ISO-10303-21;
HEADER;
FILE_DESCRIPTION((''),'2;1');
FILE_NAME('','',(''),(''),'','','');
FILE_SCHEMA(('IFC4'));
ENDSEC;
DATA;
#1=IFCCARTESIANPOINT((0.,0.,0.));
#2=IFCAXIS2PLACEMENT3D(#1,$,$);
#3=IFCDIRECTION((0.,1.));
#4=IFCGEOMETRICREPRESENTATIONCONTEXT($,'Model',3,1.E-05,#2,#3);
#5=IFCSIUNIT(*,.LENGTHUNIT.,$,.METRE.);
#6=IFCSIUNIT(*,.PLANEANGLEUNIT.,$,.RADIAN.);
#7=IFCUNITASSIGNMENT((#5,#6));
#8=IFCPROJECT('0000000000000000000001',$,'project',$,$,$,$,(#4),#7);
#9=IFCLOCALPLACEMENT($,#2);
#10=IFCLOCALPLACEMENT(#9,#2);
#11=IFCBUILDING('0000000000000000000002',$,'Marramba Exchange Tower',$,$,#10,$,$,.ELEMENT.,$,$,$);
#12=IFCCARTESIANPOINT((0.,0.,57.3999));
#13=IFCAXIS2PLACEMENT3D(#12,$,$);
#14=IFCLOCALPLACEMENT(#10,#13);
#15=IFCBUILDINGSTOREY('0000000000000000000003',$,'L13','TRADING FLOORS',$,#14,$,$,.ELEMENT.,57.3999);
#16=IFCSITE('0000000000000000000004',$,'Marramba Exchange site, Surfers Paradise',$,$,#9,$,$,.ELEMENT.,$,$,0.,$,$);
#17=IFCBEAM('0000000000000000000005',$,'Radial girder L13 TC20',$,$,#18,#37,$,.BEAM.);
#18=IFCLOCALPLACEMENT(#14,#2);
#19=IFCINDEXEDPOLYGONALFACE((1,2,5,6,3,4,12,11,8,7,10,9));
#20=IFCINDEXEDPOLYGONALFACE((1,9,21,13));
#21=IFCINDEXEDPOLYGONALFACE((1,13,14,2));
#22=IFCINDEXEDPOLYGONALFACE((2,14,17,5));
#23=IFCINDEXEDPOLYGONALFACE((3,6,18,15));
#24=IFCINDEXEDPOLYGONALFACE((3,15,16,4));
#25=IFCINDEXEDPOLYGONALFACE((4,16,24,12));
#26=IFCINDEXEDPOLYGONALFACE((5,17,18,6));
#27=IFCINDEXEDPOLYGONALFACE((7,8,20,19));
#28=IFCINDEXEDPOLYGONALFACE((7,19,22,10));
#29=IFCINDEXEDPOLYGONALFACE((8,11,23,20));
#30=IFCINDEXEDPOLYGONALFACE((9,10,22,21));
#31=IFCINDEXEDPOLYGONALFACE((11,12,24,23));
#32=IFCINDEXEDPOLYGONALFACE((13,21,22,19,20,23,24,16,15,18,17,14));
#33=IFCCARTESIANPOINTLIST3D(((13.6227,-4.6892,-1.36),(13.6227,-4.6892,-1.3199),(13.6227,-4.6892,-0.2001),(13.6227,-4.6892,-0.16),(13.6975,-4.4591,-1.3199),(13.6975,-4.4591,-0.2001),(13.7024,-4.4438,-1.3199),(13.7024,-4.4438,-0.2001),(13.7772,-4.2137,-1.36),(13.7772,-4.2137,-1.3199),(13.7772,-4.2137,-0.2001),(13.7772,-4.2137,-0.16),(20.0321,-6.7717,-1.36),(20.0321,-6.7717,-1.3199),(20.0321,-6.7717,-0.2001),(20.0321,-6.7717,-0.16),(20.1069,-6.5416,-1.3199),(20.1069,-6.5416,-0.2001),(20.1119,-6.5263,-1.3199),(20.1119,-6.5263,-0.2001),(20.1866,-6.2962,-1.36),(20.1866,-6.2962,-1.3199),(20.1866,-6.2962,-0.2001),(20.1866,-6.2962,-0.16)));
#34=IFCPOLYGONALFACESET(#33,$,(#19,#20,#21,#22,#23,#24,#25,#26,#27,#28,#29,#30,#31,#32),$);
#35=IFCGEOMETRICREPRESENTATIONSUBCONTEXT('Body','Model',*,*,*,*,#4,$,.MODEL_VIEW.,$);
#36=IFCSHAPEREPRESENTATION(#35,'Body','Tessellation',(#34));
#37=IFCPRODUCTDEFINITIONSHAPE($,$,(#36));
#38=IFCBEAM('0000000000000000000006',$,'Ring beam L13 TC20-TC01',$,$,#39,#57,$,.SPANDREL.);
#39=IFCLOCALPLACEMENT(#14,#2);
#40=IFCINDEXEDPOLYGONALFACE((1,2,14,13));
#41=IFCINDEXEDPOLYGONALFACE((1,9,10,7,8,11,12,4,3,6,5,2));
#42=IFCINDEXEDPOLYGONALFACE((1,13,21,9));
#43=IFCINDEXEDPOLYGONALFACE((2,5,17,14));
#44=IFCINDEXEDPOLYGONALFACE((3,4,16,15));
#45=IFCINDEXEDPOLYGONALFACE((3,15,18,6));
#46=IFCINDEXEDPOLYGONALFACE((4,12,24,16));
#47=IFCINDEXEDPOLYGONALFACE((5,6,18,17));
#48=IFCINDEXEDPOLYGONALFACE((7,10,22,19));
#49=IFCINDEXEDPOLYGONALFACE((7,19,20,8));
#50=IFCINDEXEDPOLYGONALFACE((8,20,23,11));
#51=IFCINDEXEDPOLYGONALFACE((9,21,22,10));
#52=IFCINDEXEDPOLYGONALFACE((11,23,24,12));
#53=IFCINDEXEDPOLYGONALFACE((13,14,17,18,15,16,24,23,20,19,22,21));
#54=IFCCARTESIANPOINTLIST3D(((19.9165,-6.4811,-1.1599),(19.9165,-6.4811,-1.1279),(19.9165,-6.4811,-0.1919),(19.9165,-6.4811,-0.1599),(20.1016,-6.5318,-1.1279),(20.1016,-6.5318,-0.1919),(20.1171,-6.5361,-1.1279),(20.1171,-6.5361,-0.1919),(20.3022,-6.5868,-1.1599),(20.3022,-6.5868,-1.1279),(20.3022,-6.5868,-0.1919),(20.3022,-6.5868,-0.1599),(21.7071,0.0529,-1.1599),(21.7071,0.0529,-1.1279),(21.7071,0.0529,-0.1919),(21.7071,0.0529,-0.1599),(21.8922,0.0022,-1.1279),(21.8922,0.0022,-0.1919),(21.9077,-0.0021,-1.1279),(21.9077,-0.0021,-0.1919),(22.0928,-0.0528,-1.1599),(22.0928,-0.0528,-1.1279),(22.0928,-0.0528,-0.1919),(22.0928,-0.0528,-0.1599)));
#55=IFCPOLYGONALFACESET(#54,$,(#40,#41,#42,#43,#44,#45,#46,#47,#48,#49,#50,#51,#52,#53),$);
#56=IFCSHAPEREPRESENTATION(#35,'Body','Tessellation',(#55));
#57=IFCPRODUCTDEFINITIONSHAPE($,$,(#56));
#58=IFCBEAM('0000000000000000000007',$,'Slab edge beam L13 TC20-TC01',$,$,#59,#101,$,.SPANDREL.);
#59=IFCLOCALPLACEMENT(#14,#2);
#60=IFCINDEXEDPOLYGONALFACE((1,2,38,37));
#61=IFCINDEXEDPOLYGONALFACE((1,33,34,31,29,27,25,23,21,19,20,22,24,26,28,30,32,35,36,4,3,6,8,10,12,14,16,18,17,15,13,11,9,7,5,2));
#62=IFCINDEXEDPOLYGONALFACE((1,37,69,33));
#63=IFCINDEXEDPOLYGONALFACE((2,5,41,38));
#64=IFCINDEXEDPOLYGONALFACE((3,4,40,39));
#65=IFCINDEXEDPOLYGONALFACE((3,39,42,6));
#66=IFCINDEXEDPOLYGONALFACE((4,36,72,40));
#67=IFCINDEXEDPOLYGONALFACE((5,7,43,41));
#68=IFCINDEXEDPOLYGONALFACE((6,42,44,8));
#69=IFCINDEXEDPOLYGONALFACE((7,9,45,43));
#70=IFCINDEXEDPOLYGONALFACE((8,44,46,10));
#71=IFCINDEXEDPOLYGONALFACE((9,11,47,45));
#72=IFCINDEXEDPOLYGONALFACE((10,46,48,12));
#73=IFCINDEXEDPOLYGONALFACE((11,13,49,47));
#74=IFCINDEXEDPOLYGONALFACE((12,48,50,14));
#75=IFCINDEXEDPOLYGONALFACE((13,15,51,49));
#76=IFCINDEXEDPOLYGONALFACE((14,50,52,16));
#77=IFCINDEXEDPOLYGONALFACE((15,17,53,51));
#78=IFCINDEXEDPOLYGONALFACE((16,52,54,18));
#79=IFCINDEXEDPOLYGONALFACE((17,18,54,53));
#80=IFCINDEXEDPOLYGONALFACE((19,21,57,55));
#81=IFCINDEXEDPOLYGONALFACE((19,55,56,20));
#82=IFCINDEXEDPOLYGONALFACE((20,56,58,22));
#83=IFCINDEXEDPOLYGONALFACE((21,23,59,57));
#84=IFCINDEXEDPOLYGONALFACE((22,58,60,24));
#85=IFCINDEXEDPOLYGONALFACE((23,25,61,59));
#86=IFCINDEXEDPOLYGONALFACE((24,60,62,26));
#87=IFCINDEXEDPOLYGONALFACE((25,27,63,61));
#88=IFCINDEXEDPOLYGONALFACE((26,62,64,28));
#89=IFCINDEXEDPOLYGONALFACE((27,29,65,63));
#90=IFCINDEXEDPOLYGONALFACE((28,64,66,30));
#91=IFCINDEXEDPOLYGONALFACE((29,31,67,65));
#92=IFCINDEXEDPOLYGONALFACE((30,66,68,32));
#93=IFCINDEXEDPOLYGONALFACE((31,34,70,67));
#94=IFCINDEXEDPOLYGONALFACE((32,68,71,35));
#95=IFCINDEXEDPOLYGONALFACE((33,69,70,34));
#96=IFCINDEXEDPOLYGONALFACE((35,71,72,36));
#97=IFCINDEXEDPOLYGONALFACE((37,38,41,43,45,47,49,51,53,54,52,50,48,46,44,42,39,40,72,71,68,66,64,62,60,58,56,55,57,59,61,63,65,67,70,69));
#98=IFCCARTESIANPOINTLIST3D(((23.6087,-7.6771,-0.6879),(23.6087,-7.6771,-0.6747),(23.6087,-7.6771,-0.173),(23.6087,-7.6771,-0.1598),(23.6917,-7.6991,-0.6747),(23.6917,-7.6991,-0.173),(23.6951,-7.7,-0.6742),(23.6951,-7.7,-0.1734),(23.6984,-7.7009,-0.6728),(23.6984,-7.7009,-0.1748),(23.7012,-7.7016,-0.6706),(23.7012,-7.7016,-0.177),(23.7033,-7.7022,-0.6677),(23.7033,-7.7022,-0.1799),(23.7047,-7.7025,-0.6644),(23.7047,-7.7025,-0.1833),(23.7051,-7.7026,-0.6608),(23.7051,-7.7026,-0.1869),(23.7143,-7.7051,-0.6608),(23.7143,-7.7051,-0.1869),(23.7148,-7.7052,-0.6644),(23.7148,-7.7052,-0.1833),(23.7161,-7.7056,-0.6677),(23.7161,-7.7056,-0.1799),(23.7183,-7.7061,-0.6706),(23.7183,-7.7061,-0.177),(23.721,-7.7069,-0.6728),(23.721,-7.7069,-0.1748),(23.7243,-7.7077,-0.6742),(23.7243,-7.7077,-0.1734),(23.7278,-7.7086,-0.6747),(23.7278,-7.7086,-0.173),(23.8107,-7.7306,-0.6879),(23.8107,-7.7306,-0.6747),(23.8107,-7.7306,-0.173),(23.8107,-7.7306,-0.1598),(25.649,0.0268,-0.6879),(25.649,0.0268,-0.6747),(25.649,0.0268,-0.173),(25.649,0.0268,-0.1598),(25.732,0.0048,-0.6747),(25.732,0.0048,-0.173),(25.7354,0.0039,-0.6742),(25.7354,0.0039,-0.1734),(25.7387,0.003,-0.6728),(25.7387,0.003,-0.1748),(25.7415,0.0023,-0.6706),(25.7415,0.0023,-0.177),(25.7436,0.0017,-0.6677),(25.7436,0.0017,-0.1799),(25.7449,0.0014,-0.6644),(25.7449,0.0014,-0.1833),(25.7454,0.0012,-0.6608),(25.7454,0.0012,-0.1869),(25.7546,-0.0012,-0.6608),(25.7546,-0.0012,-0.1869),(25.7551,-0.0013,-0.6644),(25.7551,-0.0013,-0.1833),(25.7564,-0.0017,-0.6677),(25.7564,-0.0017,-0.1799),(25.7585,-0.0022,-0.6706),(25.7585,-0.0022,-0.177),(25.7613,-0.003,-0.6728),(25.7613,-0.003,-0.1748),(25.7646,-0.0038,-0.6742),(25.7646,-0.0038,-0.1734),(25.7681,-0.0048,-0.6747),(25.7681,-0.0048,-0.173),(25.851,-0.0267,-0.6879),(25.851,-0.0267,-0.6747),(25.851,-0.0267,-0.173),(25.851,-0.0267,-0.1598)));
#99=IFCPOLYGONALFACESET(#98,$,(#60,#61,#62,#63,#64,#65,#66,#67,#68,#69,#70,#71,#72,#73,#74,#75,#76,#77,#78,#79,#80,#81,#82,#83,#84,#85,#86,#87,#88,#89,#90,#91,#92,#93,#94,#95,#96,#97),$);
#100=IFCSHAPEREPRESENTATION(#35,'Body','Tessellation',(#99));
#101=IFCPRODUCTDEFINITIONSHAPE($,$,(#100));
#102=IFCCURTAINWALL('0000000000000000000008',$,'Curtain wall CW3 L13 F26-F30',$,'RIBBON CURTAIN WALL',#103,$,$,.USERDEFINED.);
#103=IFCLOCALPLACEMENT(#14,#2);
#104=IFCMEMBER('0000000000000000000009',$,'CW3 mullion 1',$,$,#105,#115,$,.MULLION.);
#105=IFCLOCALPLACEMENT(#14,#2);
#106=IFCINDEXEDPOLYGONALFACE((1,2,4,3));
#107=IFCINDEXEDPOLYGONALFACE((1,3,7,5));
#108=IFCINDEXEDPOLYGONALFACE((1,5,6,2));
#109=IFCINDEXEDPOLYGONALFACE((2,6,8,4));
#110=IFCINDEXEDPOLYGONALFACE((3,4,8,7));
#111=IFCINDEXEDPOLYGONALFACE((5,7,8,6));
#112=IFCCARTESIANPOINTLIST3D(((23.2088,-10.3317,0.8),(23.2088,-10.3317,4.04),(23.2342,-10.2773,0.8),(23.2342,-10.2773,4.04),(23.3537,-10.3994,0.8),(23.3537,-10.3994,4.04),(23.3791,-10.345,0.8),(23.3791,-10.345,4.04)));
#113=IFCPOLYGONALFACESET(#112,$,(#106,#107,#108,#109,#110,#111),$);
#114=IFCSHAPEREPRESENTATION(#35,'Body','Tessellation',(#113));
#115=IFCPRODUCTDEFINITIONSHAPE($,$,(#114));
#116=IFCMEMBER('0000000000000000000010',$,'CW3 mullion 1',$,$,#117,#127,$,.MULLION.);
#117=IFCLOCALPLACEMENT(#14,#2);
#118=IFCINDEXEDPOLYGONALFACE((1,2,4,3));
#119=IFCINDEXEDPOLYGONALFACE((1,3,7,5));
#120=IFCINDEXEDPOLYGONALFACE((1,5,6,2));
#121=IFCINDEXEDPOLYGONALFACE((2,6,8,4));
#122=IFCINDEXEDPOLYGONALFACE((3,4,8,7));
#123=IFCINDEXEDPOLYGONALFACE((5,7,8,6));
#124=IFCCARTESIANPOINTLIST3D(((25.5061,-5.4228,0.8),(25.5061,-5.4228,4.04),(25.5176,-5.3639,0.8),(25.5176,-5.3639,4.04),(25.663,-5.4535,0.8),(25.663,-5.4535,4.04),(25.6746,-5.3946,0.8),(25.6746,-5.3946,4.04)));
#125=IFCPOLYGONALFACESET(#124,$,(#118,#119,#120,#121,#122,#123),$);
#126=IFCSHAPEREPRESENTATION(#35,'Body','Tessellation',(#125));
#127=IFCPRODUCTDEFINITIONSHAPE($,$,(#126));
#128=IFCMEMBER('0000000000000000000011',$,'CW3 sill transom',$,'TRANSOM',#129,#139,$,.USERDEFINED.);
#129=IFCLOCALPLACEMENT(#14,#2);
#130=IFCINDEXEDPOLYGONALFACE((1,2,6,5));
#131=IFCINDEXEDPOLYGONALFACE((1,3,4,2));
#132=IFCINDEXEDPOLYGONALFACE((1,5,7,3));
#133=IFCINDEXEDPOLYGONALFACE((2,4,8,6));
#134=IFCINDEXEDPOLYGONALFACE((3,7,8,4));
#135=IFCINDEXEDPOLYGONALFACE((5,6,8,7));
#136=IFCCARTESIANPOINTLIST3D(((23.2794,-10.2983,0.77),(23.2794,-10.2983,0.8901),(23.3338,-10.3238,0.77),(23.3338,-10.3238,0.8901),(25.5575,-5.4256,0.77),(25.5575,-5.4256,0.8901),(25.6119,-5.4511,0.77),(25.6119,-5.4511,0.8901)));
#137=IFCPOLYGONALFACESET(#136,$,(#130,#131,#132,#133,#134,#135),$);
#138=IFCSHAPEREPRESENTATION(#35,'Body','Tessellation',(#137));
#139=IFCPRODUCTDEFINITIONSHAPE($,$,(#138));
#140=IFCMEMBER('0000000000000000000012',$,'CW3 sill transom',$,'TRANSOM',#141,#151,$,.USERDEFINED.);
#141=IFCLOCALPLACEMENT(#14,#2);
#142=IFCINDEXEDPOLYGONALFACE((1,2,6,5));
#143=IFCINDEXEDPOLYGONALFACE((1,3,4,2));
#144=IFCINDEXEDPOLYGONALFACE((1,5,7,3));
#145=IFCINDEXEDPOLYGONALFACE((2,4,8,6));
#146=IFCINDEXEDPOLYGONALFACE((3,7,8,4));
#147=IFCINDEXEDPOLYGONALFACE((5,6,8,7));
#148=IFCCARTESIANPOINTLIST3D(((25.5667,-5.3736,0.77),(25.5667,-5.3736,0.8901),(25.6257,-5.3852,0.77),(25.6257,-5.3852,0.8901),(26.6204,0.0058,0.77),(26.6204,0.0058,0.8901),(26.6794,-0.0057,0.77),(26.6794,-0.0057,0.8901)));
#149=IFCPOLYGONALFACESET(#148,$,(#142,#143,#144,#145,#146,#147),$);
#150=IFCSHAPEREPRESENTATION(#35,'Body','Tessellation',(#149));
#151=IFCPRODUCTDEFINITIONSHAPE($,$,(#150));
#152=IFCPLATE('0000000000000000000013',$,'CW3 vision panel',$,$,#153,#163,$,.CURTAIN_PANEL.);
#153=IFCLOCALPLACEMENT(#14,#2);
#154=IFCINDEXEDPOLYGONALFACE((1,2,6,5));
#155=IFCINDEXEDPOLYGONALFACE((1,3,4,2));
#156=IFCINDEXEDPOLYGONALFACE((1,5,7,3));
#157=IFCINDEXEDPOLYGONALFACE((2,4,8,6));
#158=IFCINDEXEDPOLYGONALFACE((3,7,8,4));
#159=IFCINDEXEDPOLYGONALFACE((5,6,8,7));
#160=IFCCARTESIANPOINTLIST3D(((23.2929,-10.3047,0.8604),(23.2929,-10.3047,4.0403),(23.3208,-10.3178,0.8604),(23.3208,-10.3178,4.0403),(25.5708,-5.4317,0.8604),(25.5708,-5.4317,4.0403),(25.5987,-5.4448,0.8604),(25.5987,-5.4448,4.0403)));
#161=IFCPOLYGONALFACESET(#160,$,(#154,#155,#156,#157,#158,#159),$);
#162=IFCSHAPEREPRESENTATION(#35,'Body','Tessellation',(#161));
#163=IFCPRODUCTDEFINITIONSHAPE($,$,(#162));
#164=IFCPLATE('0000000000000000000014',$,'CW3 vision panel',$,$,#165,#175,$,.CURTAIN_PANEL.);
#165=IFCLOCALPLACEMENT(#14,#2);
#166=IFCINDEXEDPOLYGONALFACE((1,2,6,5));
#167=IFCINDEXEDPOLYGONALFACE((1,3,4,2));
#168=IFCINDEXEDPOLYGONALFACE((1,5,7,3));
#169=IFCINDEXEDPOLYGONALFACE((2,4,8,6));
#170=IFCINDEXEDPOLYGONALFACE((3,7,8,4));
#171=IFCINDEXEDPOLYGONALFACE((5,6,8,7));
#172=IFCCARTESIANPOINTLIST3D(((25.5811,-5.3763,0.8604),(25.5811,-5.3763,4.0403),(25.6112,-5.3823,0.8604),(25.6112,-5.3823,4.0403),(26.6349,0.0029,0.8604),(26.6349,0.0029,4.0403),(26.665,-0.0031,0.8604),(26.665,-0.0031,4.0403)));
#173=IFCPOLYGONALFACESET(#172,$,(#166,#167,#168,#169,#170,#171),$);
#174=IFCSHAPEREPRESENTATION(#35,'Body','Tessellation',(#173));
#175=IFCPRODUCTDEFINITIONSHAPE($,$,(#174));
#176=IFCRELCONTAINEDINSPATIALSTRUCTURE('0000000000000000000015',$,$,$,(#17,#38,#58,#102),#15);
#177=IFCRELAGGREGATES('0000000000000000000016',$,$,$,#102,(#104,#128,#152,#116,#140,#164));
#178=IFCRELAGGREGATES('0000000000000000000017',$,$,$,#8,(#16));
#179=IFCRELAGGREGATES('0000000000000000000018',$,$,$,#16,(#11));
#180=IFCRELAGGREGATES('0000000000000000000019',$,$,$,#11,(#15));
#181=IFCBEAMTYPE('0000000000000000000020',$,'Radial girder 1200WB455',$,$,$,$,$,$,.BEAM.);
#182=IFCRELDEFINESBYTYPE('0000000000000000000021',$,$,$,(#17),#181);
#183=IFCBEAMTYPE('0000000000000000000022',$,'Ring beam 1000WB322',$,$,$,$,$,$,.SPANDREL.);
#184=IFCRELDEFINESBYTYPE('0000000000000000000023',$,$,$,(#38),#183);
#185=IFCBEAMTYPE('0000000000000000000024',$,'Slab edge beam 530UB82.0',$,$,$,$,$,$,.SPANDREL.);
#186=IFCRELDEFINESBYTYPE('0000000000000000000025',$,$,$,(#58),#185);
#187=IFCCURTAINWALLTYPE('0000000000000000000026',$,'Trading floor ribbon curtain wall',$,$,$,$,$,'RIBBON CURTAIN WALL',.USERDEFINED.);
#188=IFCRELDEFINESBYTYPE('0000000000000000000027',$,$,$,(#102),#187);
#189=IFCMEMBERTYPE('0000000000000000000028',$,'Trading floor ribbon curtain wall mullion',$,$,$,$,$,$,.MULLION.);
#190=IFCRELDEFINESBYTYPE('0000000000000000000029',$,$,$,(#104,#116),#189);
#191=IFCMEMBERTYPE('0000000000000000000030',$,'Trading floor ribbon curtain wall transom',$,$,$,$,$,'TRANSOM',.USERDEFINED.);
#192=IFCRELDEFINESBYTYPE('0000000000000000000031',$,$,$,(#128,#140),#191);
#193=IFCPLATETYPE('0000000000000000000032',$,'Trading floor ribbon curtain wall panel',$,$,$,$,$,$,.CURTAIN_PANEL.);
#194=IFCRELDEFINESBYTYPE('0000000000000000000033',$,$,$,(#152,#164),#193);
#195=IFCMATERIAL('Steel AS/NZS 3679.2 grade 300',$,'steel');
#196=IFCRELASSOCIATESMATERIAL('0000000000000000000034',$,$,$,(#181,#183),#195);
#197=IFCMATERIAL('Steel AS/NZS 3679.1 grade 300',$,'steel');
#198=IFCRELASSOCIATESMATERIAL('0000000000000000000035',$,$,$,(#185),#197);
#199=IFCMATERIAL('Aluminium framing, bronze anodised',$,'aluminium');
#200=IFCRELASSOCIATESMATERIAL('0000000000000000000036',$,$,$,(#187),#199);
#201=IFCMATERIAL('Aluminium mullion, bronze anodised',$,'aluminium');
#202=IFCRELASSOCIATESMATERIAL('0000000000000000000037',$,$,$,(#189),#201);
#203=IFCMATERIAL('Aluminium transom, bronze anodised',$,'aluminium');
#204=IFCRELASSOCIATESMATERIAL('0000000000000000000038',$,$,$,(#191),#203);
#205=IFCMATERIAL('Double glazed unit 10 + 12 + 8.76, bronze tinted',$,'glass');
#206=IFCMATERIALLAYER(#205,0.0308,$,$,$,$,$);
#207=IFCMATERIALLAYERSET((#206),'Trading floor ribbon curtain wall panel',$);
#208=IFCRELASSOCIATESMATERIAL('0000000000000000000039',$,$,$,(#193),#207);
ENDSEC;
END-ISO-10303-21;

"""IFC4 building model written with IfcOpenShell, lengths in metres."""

from ifc_helpers import new_model, si_unit, direction, frame, origin, origin_2d, place, context, subcontext, project, spatial, rectangle, i_section, extrude, material, layer, layer_set, material_profile, profile_set, type_object, element, aggregate, save


model = new_model("IFC4")

# Units and contexts
model_context = context("Model", 3, precision=1e-05, world=origin(), true_north=direction((0.0, 1.0)))
body_context = subcontext(model_context, "Body", "Model", "MODEL_VIEW")
ifc_project = project(units=[si_unit("LENGTHUNIT", "METRE"), si_unit("PLANEANGLEUNIT", "RADIAN")], contexts=[model_context])

# Site, building, storey
site_placement = place(None, origin())
site = spatial("IfcSite", under=ifc_project, at=site_placement, Name="Marramba Exchange site, Surfers Paradise", CompositionType="ELEMENT", RefElevation=0.0)
building_placement = place(site_placement, origin())
building = spatial("IfcBuilding", under=site, at=building_placement, Name="Marramba Exchange Tower", CompositionType="ELEMENT")
storey_placement = place(building_placement, frame((0.0, 0.0, 57.3999)))
storey = spatial("IfcBuildingStorey", under=building, at=storey_placement, Name="L13", Description="TRADING FLOORS", CompositionType="ELEMENT", Elevation=57.3999)

# Beams
ifc_material_1 = material(Name="Steel AS/NZS 3679.2 grade 300", Category="steel")
ifc_material_2 = material(Name="Steel AS/NZS 3679.1 grade 300", Category="steel")
ifc_material_profile_1 = material_profile(ifc_material_1, i_section(OverallWidth=0.5, OverallDepth=1.2, WebThickness=0.0161, FlangeThickness=0.04, at=origin_2d()), Name="1200WB455")
ifc_profile_set_1 = profile_set([ifc_material_profile_1], Name="Steel AS/NZS 3679.2 grade 300")
beam_type_1 = type_object("IfcBeamType", Name="Radial girder 1200WB455", PredefinedType="BEAM", material=ifc_profile_set_1)
beam_1_placement = place(storey_placement, frame((13.7, -4.4514, -0.76), z_axis=(0.951058, -0.309013, 0.0), x_axis=(0.309013, 0.951058, 0.0)))
element("IfcBeam", 1, at=beam_1_placement, inside=storey, type_object=beam_type_1, Name="Radial girder L13 TC20", PredefinedType="BEAM", context=body_context, shape_type="SweptSolid", body=[
    extrude(i_section(OverallWidth=0.5, OverallDepth=1.2, WebThickness=0.0161, FlangeThickness=0.04, at=origin_2d()), origin(), (0.0, 0.0, 1.0), 6.7393),
])
ifc_material_profile_2 = material_profile(ifc_material_1, i_section(OverallWidth=0.3999, OverallDepth=1.0, WebThickness=0.0161, FlangeThickness=0.032, at=origin_2d()), Name="1000WB322")
ifc_profile_set_2 = profile_set([ifc_material_profile_2], Name="Steel AS/NZS 3679.2 grade 300")
beam_type_2 = type_object("IfcBeamType", Name="Ring beam 1000WB322", PredefinedType="SPANDREL", material=ifc_profile_set_2)
beam_2_placement = place(storey_placement, frame((20.1094, -6.5339, -0.6599), z_axis=(0.264291, 0.964443, 0.0), x_axis=(-0.964443, 0.264291, 0.0)))
element("IfcBeam", 2, at=beam_2_placement, inside=storey, type_object=beam_type_2, Name="Ring beam L13 TC20-TC01", PredefinedType="SPANDREL", context=body_context, shape_type="SweptSolid", body=[
    extrude(i_section(OverallWidth=0.3999, OverallDepth=1.0, WebThickness=0.0161, FlangeThickness=0.032, at=origin_2d()), origin(), (0.0, 0.0, 1.0), 6.7749),
])
ifc_material_profile_3 = material_profile(ifc_material_2, i_section(OverallWidth=0.209, OverallDepth=0.5281, WebThickness=0.0095, FlangeThickness=0.0132, FilletRadius=0.0139, at=origin_2d()), Name="530UB82.0")
ifc_profile_set_3 = profile_set([ifc_material_profile_3], Name="Steel AS/NZS 3679.1 grade 300")
beam_type_3 = type_object("IfcBeamType", Name="Slab edge beam 530UB82.0", PredefinedType="SPANDREL", material=ifc_profile_set_3)
beam_3_placement = place(storey_placement, frame((23.7097, -7.7039, -0.4238), z_axis=(0.256013, 0.966673, 0.0), x_axis=(-0.966673, 0.256013, 0.0)))
element("IfcBeam", 3, at=beam_3_placement, inside=storey, type_object=beam_type_3, Name="Slab edge beam L13 TC20-TC01", PredefinedType="SPANDREL", context=body_context, shape_type="SweptSolid", body=[
    extrude(i_section(OverallWidth=0.209, OverallDepth=0.5281, WebThickness=0.0095, FlangeThickness=0.0132, FilletRadius=0.0139, at=origin_2d()), origin(), (0.0, 0.0, 1.0), 7.9695),
])

# Curtain wall, members, plates
ifc_material_3 = material(Name="Aluminium framing, bronze anodised", Category="aluminium")
curtain_wall_type = type_object("IfcCurtainWallType", Name="Trading floor ribbon curtain wall", ElementType="RIBBON CURTAIN WALL", PredefinedType="USERDEFINED", material=ifc_material_3)
curtain_wall_placement = place(storey_placement, origin())
curtain_wall = element("IfcCurtainWall", 4, at=curtain_wall_placement, inside=storey, type_object=curtain_wall_type, Name="Curtain wall CW3 L13 F26-F30", ObjectType="RIBBON CURTAIN WALL", PredefinedType="USERDEFINED")
ifc_material_4 = material(Name="Aluminium mullion, bronze anodised", Category="aluminium")
ifc_material_profile_4 = material_profile(ifc_material_4, rectangle(XDim=0.1599, YDim=0.0601, at=origin_2d()), Name="CW3 mullion 60x160")
ifc_profile_set_4 = profile_set([ifc_material_profile_4], Name="Aluminium mullion, bronze anodised")
member_type_1 = type_object("IfcMemberType", Name="Trading floor ribbon curtain wall mullion", PredefinedType="MULLION", material=ifc_profile_set_4)
member_1_placement = place(storey_placement, frame((23.2939, -10.3384, 0.8), z_axis=(0.0, 0.0, 1.0), x_axis=(-0.905907, 0.423477, 0.0)))
member_1 = element("IfcMember", 5, at=member_1_placement, type_object=member_type_1, Name="CW3 mullion 1", PredefinedType="MULLION", context=body_context, shape_type="SweptSolid", body=[
    extrude(rectangle(XDim=0.1599, YDim=0.0601, at=origin_2d()), origin(), (0.0, 0.0, 1.0), 3.24),
])
member_2_placement = place(storey_placement, frame((25.5903, -5.4087, 0.8), z_axis=(0.0, 0.0, 1.0), x_axis=(-0.981346, 0.192249, 0.0)))
member_2 = element("IfcMember", 6, at=member_2_placement, type_object=member_type_1, Name="CW3 mullion 1", PredefinedType="MULLION", context=body_context, shape_type="SweptSolid", body=[
    extrude(rectangle(XDim=0.1599, YDim=0.0601, at=origin_2d()), origin(), (0.0, 0.0, 1.0), 3.24),
])
ifc_material_5 = material(Name="Aluminium transom, bronze anodised", Category="aluminium")
ifc_material_profile_5 = material_profile(ifc_material_5, rectangle(XDim=0.0601, YDim=0.1201, at=origin_2d()), Name="CW3 transom 60x120")
ifc_profile_set_5 = profile_set([ifc_material_profile_5], Name="Aluminium transom, bronze anodised")
member_type_2 = type_object("IfcMemberType", Name="Trading floor ribbon curtain wall transom", ElementType="TRANSOM", PredefinedType="USERDEFINED", material=ifc_profile_set_5)
member_3_placement = place(storey_placement, frame((23.3066, -10.311, 0.8301), z_axis=(0.423512, 0.905891, 0.0), x_axis=(-0.905891, 0.423512, 0.0)))
member_3 = element("IfcMember", 7, at=member_3_placement, type_object=member_type_2, Name="CW3 sill transom", ObjectType="TRANSOM", PredefinedType="USERDEFINED", context=body_context, shape_type="SweptSolid", body=[
    extrude(rectangle(XDim=0.0601, YDim=0.1201, at=origin_2d()), origin(), (0.0, 0.0, 1.0), 5.3789),
])
member_4_placement = place(storey_placement, frame((25.5962, -5.3794, 0.8301), z_axis=(0.192226, 0.981351, 0.0), x_axis=(-0.981351, 0.192226, 0.0)))
member_4 = element("IfcMember", 8, at=member_4_placement, type_object=member_type_2, Name="CW3 sill transom", ObjectType="TRANSOM", PredefinedType="USERDEFINED", context=body_context, shape_type="SweptSolid", body=[
    extrude(rectangle(XDim=0.0601, YDim=0.1201, at=origin_2d()), origin(), (0.0, 0.0, 1.0), 5.4817),
])
ifc_material_6 = material(Name="Double glazed unit 10 + 12 + 8.76, bronze tinted", Category="glass")
ifc_layer_1 = layer(ifc_material_6, 0.0308)
ifc_layer_set_1 = layer_set([ifc_layer_1], Name="Trading floor ribbon curtain wall panel")
plate_type = type_object("IfcPlateType", Name="Trading floor ribbon curtain wall panel", PredefinedType="CURTAIN_PANEL", material=ifc_layer_set_1)
plate_1_placement = place(storey_placement, frame((24.4458, -7.8748, 0.8604), z_axis=(0.0, 0.0, 1.0), x_axis=(0.423477, 0.905907, 0.0)))
plate_1 = element("IfcPlate", 9, at=plate_1_placement, type_object=plate_type, Name="CW3 vision panel", PredefinedType="CURTAIN_PANEL", context=body_context, shape_type="SweptSolid", body=[
    extrude(rectangle(XDim=5.3792, YDim=0.0308, at=origin_2d()), origin(), (0.0, 0.0, 1.0), 3.1799),
])
plate_2_placement = place(storey_placement, frame((26.123, -2.6897, 0.8604), z_axis=(0.0, 0.0, 1.0), x_axis=(0.192249, 0.981346, 0.0)))
plate_2 = element("IfcPlate", 10, at=plate_2_placement, type_object=plate_type, Name="CW3 vision panel", PredefinedType="CURTAIN_PANEL", context=body_context, shape_type="SweptSolid", body=[
    extrude(rectangle(XDim=5.4814, YDim=0.0308, at=origin_2d()), origin(), (0.0, 0.0, 1.0), 3.1799),
])
aggregate(curtain_wall, [member_1, member_3, plate_1, member_2, member_4, plate_2])

save(model, "model.ifc")
